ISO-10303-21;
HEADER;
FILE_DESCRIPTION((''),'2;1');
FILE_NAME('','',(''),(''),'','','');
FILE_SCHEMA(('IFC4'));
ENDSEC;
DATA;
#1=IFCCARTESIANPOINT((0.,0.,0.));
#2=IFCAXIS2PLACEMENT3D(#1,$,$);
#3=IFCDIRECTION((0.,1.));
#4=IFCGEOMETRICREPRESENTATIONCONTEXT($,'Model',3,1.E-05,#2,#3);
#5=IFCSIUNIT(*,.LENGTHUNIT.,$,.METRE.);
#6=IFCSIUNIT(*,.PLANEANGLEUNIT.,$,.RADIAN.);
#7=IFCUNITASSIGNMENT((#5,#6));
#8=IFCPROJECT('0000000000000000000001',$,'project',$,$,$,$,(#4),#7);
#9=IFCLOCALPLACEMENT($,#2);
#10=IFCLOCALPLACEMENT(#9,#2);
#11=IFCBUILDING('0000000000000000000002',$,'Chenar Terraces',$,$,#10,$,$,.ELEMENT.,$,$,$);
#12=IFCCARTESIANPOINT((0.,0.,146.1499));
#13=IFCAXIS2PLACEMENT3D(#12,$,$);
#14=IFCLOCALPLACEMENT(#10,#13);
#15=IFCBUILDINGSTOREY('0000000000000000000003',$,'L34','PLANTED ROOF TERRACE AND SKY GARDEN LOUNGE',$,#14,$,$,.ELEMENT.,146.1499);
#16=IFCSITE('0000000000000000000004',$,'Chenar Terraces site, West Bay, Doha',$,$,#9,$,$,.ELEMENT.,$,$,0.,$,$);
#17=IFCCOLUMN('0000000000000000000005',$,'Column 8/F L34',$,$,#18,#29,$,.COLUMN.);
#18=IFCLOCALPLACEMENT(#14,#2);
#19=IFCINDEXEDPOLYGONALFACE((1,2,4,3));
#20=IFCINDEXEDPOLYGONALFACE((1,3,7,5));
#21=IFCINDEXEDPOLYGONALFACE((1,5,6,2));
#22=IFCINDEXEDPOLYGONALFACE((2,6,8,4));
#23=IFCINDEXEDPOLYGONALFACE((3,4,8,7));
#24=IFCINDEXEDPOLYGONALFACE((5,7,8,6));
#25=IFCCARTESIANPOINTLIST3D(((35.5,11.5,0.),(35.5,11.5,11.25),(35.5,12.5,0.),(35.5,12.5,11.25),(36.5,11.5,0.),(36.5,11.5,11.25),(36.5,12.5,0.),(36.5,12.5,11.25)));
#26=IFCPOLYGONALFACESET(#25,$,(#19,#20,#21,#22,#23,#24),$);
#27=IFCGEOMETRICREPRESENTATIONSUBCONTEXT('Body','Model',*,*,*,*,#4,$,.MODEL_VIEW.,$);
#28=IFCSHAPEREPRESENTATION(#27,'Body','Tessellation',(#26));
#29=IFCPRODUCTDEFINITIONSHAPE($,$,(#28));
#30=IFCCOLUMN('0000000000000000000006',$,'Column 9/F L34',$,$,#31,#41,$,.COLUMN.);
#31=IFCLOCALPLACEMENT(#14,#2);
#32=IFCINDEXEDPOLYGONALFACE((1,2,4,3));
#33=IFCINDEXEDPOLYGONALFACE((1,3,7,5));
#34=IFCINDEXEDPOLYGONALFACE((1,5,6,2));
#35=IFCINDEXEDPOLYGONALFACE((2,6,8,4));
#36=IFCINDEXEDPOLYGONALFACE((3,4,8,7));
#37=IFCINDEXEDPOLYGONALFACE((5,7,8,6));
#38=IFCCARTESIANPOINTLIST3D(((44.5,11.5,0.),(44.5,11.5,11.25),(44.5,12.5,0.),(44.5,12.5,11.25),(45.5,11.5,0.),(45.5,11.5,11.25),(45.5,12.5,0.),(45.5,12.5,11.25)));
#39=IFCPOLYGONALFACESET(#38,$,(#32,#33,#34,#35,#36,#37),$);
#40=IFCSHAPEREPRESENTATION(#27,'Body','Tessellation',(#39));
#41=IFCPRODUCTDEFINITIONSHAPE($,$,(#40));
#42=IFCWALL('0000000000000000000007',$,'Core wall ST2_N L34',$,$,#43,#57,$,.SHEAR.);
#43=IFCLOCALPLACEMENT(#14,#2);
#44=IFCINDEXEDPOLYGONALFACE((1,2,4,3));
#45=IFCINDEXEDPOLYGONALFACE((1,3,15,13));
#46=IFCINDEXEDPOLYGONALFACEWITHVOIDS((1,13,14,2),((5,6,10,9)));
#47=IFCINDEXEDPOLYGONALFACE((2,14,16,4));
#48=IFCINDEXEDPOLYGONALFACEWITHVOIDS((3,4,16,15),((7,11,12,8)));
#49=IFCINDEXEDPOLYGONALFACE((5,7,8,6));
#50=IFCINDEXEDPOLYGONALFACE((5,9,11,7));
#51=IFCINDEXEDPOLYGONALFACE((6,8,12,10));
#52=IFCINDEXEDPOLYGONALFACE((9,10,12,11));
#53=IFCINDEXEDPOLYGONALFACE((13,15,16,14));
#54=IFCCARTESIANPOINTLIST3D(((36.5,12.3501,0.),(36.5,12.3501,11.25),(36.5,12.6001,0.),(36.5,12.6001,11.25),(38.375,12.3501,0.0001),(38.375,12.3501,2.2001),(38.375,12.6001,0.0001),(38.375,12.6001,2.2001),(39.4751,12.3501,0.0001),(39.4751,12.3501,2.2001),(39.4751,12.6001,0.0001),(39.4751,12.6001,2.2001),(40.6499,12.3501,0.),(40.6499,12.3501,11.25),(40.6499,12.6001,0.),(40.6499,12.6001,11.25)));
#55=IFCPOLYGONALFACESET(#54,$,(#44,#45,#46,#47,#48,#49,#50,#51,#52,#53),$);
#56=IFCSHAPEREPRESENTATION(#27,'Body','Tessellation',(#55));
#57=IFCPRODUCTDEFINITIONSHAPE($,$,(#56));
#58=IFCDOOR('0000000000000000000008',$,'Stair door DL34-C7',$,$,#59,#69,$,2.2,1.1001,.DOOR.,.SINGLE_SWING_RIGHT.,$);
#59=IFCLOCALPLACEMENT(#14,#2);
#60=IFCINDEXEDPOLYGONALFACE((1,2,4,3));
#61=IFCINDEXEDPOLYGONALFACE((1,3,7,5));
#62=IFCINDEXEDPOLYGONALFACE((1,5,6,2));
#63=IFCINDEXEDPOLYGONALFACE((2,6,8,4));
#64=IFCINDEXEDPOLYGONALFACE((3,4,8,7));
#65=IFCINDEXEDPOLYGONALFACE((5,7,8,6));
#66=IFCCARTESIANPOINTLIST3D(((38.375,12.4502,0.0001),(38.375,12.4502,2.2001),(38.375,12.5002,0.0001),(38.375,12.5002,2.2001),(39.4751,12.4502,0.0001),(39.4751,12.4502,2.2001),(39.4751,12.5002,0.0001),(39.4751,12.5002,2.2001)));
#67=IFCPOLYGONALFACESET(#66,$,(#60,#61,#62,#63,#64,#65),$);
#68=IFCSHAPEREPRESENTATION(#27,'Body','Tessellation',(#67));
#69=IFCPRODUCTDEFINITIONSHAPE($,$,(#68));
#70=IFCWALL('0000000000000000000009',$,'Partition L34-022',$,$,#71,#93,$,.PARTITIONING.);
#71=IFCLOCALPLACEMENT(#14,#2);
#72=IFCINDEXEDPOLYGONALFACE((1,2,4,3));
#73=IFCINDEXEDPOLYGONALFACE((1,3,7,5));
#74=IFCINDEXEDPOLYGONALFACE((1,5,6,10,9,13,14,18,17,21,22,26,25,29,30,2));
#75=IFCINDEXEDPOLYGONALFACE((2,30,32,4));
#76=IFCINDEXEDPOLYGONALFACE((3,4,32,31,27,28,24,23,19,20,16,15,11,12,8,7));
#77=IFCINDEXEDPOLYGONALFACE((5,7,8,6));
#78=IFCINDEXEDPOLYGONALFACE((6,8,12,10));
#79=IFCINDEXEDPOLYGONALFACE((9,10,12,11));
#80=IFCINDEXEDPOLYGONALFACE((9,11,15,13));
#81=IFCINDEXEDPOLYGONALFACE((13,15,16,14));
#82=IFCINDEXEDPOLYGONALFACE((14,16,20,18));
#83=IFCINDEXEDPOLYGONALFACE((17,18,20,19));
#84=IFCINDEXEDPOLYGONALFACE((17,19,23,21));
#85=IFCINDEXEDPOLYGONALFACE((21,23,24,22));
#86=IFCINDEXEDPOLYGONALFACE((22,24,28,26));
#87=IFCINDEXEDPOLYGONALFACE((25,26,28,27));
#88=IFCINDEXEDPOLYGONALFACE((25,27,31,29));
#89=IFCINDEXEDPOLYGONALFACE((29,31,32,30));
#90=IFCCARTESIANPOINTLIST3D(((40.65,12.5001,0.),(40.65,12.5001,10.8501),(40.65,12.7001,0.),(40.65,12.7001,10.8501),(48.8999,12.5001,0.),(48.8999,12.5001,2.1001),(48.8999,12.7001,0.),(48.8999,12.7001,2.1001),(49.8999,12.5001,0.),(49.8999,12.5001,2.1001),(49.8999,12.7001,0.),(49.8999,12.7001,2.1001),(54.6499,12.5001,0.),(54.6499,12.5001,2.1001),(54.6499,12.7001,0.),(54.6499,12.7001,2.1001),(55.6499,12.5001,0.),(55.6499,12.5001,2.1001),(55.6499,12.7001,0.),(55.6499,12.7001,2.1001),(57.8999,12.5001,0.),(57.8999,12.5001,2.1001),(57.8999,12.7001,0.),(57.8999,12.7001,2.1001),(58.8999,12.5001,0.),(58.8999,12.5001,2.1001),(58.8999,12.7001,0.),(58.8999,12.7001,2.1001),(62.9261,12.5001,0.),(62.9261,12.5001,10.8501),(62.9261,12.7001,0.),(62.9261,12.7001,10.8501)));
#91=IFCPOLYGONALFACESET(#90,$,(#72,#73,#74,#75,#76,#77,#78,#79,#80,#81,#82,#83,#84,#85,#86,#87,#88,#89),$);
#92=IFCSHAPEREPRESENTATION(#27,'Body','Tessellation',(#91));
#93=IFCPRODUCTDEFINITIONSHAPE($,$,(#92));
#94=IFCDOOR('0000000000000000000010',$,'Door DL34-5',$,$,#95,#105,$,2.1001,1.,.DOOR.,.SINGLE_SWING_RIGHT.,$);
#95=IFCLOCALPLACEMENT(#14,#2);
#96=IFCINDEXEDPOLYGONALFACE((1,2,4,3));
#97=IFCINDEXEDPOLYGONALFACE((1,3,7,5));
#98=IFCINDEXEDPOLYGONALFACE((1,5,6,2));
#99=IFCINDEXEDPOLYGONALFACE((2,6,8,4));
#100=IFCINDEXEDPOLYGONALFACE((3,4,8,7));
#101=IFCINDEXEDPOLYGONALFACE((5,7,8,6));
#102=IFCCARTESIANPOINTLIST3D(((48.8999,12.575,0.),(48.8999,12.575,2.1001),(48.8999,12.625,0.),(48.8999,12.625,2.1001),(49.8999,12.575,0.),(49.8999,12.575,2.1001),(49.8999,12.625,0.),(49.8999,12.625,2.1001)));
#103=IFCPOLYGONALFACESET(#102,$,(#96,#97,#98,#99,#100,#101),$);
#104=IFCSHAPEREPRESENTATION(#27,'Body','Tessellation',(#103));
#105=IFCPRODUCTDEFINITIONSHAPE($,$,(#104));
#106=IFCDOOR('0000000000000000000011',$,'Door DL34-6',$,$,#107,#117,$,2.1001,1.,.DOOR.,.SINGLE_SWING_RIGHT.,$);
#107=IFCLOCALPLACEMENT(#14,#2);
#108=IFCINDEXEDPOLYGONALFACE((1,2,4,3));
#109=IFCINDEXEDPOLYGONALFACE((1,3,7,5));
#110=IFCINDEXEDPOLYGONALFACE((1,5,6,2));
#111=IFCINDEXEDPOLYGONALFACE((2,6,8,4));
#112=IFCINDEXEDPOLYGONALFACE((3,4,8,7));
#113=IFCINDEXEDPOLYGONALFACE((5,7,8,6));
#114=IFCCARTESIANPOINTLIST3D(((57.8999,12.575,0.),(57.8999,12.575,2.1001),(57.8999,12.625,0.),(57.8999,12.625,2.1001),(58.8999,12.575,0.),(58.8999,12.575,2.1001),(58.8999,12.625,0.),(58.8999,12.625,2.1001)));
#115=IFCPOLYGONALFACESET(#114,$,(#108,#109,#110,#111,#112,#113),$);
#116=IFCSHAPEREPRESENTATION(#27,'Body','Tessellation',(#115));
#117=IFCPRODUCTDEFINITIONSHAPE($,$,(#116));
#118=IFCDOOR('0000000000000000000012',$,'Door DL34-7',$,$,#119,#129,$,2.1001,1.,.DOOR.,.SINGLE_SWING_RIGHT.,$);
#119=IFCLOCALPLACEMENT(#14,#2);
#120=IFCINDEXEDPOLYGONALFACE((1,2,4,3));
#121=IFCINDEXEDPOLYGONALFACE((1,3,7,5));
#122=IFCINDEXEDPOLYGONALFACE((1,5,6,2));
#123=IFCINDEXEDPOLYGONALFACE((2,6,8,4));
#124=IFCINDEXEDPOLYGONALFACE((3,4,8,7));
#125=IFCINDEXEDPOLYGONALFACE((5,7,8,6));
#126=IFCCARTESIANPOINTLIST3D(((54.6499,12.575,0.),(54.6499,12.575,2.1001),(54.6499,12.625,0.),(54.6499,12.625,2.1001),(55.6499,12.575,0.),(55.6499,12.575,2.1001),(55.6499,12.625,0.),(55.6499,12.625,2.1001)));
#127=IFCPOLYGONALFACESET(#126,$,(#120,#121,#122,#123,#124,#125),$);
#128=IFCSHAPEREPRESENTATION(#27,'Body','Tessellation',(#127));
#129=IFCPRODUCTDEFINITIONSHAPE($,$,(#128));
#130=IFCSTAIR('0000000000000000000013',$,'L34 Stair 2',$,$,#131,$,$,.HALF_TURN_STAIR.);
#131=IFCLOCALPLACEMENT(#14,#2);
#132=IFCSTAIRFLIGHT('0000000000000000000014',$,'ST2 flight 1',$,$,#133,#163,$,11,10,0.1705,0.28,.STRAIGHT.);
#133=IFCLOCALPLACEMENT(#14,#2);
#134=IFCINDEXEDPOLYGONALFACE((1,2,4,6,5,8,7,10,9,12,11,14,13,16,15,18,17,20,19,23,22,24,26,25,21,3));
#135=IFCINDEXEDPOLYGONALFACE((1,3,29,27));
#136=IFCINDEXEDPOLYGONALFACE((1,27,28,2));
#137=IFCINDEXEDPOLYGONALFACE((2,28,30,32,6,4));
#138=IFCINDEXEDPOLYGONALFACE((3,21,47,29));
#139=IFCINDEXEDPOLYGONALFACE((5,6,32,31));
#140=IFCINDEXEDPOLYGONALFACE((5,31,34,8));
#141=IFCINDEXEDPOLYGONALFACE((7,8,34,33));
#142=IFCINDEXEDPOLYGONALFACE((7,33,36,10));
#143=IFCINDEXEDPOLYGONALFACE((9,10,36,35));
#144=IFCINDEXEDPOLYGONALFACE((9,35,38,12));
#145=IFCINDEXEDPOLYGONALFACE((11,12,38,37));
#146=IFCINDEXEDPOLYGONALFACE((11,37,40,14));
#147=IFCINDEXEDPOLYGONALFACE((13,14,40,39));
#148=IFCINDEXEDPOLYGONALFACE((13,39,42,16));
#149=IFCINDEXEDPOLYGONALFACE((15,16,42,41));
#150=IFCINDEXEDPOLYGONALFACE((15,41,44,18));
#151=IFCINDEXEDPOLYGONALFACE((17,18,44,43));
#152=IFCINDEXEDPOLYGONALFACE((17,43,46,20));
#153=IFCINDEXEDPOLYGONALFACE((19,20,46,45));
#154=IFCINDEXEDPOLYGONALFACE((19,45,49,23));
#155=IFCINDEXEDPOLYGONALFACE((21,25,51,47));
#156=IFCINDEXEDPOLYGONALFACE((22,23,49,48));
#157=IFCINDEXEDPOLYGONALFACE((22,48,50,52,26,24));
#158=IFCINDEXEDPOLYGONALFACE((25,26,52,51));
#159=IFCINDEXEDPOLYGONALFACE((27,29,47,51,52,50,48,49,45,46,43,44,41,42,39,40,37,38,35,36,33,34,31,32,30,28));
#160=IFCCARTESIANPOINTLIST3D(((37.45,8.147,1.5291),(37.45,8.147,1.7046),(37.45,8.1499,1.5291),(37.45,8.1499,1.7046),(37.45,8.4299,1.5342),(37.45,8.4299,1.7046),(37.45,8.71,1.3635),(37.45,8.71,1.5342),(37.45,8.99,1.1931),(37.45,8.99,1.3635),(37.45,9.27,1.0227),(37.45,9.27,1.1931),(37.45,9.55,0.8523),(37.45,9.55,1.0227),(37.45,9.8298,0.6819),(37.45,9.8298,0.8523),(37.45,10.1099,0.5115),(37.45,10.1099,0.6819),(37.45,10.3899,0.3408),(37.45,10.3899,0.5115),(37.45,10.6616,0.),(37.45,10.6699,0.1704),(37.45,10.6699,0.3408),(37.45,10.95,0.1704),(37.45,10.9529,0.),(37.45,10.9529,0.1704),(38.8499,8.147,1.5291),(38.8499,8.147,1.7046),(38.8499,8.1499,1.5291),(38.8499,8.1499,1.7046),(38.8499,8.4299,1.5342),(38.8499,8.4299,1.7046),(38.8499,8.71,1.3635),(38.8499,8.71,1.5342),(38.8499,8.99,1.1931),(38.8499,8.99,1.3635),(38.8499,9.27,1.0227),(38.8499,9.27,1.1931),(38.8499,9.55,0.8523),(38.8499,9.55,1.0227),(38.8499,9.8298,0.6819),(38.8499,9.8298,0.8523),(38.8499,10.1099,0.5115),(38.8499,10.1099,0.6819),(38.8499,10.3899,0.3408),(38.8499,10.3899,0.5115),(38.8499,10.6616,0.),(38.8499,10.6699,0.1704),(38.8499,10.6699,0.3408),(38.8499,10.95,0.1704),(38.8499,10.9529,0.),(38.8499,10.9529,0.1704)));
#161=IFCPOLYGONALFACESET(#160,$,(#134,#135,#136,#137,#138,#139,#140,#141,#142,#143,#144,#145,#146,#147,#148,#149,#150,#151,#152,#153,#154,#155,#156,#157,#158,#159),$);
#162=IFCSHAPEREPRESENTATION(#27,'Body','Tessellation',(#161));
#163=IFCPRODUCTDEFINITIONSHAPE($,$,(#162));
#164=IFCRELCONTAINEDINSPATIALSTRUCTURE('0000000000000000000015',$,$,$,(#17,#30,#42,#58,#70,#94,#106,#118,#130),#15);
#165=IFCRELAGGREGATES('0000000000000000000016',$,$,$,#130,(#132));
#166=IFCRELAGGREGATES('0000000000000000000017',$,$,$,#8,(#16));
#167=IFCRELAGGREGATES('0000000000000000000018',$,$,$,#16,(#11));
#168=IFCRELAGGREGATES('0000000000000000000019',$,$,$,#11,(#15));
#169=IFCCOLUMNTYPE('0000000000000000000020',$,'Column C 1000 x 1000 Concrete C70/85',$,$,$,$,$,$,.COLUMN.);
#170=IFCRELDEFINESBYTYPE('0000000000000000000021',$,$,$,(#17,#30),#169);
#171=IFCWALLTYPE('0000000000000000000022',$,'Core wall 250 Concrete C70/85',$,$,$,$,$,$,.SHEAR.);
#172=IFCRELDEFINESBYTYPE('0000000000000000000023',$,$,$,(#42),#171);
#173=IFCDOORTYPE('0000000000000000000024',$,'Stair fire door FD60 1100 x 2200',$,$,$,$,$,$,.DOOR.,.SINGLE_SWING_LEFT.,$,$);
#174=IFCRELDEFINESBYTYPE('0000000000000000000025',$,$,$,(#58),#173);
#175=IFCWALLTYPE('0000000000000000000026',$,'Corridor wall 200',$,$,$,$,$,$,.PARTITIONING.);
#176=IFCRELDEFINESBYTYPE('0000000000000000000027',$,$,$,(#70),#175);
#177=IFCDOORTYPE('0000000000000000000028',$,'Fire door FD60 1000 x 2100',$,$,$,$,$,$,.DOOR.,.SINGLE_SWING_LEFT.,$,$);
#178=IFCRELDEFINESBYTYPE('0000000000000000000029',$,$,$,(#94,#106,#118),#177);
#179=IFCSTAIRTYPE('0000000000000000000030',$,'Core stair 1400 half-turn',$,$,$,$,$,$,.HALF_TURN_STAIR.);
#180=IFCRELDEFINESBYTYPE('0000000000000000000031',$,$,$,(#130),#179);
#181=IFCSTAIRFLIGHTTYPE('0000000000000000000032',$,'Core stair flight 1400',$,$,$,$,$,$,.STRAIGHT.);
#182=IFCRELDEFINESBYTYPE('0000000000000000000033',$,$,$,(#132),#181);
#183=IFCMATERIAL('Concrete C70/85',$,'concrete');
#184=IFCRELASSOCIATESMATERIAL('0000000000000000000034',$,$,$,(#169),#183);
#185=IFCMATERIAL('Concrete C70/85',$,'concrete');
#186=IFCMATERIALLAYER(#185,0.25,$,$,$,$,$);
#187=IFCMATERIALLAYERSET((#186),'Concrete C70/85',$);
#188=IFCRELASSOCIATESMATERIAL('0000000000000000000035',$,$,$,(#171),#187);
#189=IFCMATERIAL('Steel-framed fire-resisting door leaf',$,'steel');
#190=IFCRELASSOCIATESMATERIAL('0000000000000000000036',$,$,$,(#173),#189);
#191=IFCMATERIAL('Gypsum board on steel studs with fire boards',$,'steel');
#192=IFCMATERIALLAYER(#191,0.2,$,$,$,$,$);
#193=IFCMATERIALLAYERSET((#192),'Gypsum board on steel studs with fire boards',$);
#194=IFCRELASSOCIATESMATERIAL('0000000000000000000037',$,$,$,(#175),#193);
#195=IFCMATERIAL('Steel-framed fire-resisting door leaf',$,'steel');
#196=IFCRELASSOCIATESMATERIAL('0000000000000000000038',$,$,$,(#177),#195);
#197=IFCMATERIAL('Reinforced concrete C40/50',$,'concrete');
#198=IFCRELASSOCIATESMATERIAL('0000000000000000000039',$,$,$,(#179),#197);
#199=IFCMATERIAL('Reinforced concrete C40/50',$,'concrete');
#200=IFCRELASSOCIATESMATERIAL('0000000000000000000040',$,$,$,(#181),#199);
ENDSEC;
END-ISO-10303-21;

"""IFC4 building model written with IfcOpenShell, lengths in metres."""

from ifc_helpers import new_model, si_unit, direction, frame, frame_2d, origin, origin_2d, place, context, subcontext, project, spatial, polyline, rectangle, outline, extrude, material, layer, layer_set, material_profile, profile_set, type_object, element, fill, aggregate, save


model = new_model("IFC4")

# Units and contexts
model_context = context("Model", 3, precision=1e-05, world=origin(), true_north=direction((0.0, 1.0)))
body_context = subcontext(model_context, "Body", "Model", "MODEL_VIEW")
ifc_project = project(units=[si_unit("LENGTHUNIT", "METRE"), si_unit("PLANEANGLEUNIT", "RADIAN")], contexts=[model_context])

# Site, building, storey
site_placement = place(None, origin())
site = spatial("IfcSite", under=ifc_project, at=site_placement, Name="Chenar Terraces site, West Bay, Doha", CompositionType="ELEMENT", RefElevation=0.0)
building_placement = place(site_placement, origin())
building = spatial("IfcBuilding", under=site, at=building_placement, Name="Chenar Terraces", CompositionType="ELEMENT")
storey_placement = place(building_placement, frame((0.0, 0.0, 146.1499)))
storey = spatial("IfcBuildingStorey", under=building, at=storey_placement, Name="L34", Description="PLANTED ROOF TERRACE AND SKY GARDEN LOUNGE", CompositionType="ELEMENT", Elevation=146.1499)

# Columns
ifc_material_1 = material(Name="Concrete C70/85", Category="concrete")
ifc_material_profile = material_profile(ifc_material_1, rectangle(XDim=1.0, YDim=1.0, at=origin_2d()), Name="C 1000 x 1000")
ifc_profile_set = profile_set([ifc_material_profile], Name="Concrete C70/85")
column_type = type_object("IfcColumnType", Name="Column C 1000 x 1000 Concrete C70/85", PredefinedType="COLUMN", material=ifc_profile_set)
for number, where, z_axis, x_axis, name in (
    (1, (36.0, 12.0, 0.0), (0.0, 0.0, 1.0), (1.0, 0.0, 0.0), "Column 8/F L34"),
    (2, (45.0, 12.0, 0.0), (0.0, 0.0, 1.0), (1.0, 0.0, 0.0), "Column 9/F L34"),
):
    element("IfcColumn", number, at=place(storey_placement, frame(where, z_axis=z_axis, x_axis=x_axis)), inside=storey, type_object=column_type, Name=name, PredefinedType="COLUMN", context=body_context, shape_type="SweptSolid", body=[
        extrude(rectangle(XDim=1.0, YDim=1.0, at=origin_2d()), origin(), (0.0, 0.0, 1.0), 11.25),
    ])

# Wall, opening, door
ifc_material_2 = material(Name="Concrete C70/85", Category="concrete")
ifc_layer_1 = layer(ifc_material_2, 0.25)
ifc_layer_set_1 = layer_set([ifc_layer_1], Name="Concrete C70/85")
wall_type_1 = type_object("IfcWallType", Name="Core wall 250 Concrete C70/85", PredefinedType="SHEAR", material=ifc_layer_set_1)
wall_1_placement = place(storey_placement, frame((36.5, 12.4751, 0.0), z_axis=(0.0, 0.0, 1.0), x_axis=(1.0, 0.0, 0.0)))
wall_1 = element("IfcWall", 3, at=wall_1_placement, inside=storey, type_object=wall_type_1, Name="Core wall ST2_N L34", PredefinedType="SHEAR", context=body_context, shape_type="SweptSolid", body=[
    extrude(rectangle(XDim=4.1499, YDim=0.25, at=frame_2d((2.075, 0.0))), origin(), (0.0, 0.0, 1.0), 11.25),
])
opening_1_placement = place(wall_1_placement, frame((1.875, 0.0, 0.0)))
opening_1 = element("IfcOpeningElement", 4, at=opening_1_placement, cuts=wall_1, PredefinedType="OPENING", context=body_context, shape_type="SweptSolid", body=[
    extrude(rectangle(XDim=1.1001, YDim=2.2, at=frame_2d((0.55, 1.1001))), frame((0.0, 0.135, 0.0), z_axis=(0.0, -1.0, 0.0), x_axis=(1.0, 0.0, 0.0)), (0.0, 0.0, 1.0), 0.27),
])
ifc_material_3 = material(Name="Steel-framed fire-resisting door leaf", Category="steel")
door_type_1 = type_object("IfcDoorType", Name="Stair fire door FD60 1100 x 2200", OperationType="SINGLE_SWING_LEFT", PredefinedType="DOOR", material=ifc_material_3)
door_1_placement = place(opening_1_placement, frame((1.1001, 0.0, 0.0), z_axis=(0.0, 0.0, 1.0), x_axis=(-1.0, 0.0, 0.0)))
door_1 = element("IfcDoor", 5, at=door_1_placement, inside=storey, type_object=door_type_1, Name="Stair door DL34-C7", OperationType="SINGLE_SWING_RIGHT", OverallHeight=2.2, OverallWidth=1.1001, PredefinedType="DOOR", context=body_context, shape_type="SweptSolid", body=[
    extrude(rectangle(XDim=1.1001, YDim=2.2, at=frame_2d((0.55, 1.1001))), frame((0.0, 0.0249, 0.0), z_axis=(0.0, -1.0, 0.0), x_axis=(1.0, 0.0, 0.0)), (0.0, 0.0, 1.0), 0.05),
])
fill(opening_1, door_1)

# Wall, openings, doors
ifc_material_4 = material(Name="Gypsum board on steel studs with fire boards", Category="steel")
ifc_layer_2 = layer(ifc_material_4, 0.2)
ifc_layer_set_2 = layer_set([ifc_layer_2], Name="Gypsum board on steel studs with fire boards")
wall_type_2 = type_object("IfcWallType", Name="Corridor wall 200", PredefinedType="PARTITIONING", material=ifc_layer_set_2)
wall_2_placement = place(storey_placement, frame((40.6499, 12.6001, 0.0), z_axis=(0.0, 0.0, 1.0), x_axis=(1.0, 0.0, 0.0)))
wall_2 = element("IfcWall", 6, at=wall_2_placement, inside=storey, type_object=wall_type_2, Name="Partition L34-022", PredefinedType="PARTITIONING", context=body_context, shape_type="SweptSolid", body=[
    extrude(rectangle(XDim=22.2761, YDim=0.2, at=frame_2d((11.1382, 0.0))), origin(), (0.0, 0.0, 1.0), 10.8501),
])
opening_2_placement = place(wall_2_placement, frame((8.25, 0.0, 0.0)))
opening_2 = element("IfcOpeningElement", 7, at=opening_2_placement, cuts=wall_2, PredefinedType="OPENING", context=body_context, shape_type="SweptSolid", body=[
    extrude(rectangle(XDim=1.0, YDim=2.1001, at=frame_2d((0.5, 1.05))), frame((0.0, 0.1099, 0.0), z_axis=(0.0, -1.0, 0.0), x_axis=(1.0, 0.0, 0.0)), (0.0, 0.0, 1.0), 0.22),
])
opening_3_placement = place(wall_2_placement, frame((17.25, 0.0, 0.0)))
opening_3 = element("IfcOpeningElement", 8, at=opening_3_placement, cuts=wall_2, PredefinedType="OPENING", context=body_context, shape_type="SweptSolid", body=[
    extrude(rectangle(XDim=1.0, YDim=2.1001, at=frame_2d((0.5, 1.05))), frame((0.0, 0.1099, 0.0), z_axis=(0.0, -1.0, 0.0), x_axis=(1.0, 0.0, 0.0)), (0.0, 0.0, 1.0), 0.22),
])
opening_4_placement = place(wall_2_placement, frame((14.0, 0.0, 0.0)))
opening_4 = element("IfcOpeningElement", 9, at=opening_4_placement, cuts=wall_2, PredefinedType="OPENING", context=body_context, shape_type="SweptSolid", body=[
    extrude(rectangle(XDim=1.0, YDim=2.1001, at=frame_2d((0.5, 1.05))), frame((0.0, 0.1099, 0.0), z_axis=(0.0, -1.0, 0.0), x_axis=(1.0, 0.0, 0.0)), (0.0, 0.0, 1.0), 0.22),
])
ifc_material_5 = material(Name="Steel-framed fire-resisting door leaf", Category="steel")
door_type_2 = type_object("IfcDoorType", Name="Fire door FD60 1000 x 2100", OperationType="SINGLE_SWING_LEFT", PredefinedType="DOOR", material=ifc_material_5)
door_2_placement = place(opening_2_placement, origin())
door_2 = element("IfcDoor", 10, at=door_2_placement, inside=storey, type_object=door_type_2, Name="Door DL34-5", OperationType="SINGLE_SWING_RIGHT", OverallHeight=2.1001, OverallWidth=1.0, PredefinedType="DOOR", context=body_context, shape_type="SweptSolid", body=[
    extrude(rectangle(XDim=1.0, YDim=2.1001, at=frame_2d((0.5, 1.05))), frame((0.0, 0.0249, 0.0), z_axis=(0.0, -1.0, 0.0), x_axis=(1.0, 0.0, 0.0)), (0.0, 0.0, 1.0), 0.05),
])
fill(opening_2, door_2)
door_3_placement = place(opening_3_placement, origin())
door_3 = element("IfcDoor", 11, at=door_3_placement, inside=storey, type_object=door_type_2, Name="Door DL34-6", OperationType="SINGLE_SWING_RIGHT", OverallHeight=2.1001, OverallWidth=1.0, PredefinedType="DOOR", context=body_context, shape_type="SweptSolid", body=[
    extrude(rectangle(XDim=1.0, YDim=2.1001, at=frame_2d((0.5, 1.05))), frame((0.0, 0.0249, 0.0), z_axis=(0.0, -1.0, 0.0), x_axis=(1.0, 0.0, 0.0)), (0.0, 0.0, 1.0), 0.05),
])
fill(opening_3, door_3)
door_4_placement = place(opening_4_placement, origin())
door_4 = element("IfcDoor", 12, at=door_4_placement, inside=storey, type_object=door_type_2, Name="Door DL34-7", OperationType="SINGLE_SWING_RIGHT", OverallHeight=2.1001, OverallWidth=1.0, PredefinedType="DOOR", context=body_context, shape_type="SweptSolid", body=[
    extrude(rectangle(XDim=1.0, YDim=2.1001, at=frame_2d((0.5, 1.05))), frame((0.0, 0.0249, 0.0), z_axis=(0.0, -1.0, 0.0), x_axis=(1.0, 0.0, 0.0)), (0.0, 0.0, 1.0), 0.05),
])
fill(opening_4, door_4)

# Stair, stair flight
ifc_material_6 = material(Name="Reinforced concrete C40/50", Category="concrete")
stair_type = type_object("IfcStairType", Name="Core stair 1400 half-turn", PredefinedType="HALF_TURN_STAIR", material=ifc_material_6)
stair_placement = place(storey_placement, origin())
stair = element("IfcStair", 13, at=stair_placement, inside=storey, type_object=stair_type, Name="L34 Stair 2", PredefinedType="HALF_TURN_STAIR")
ifc_material_7 = material(Name="Reinforced concrete C40/50", Category="concrete")
stair_flight_type = type_object("IfcStairFlightType", Name="Core stair flight 1400", PredefinedType="STRAIGHT", material=ifc_material_7)
stair_flight_1_placement = place(storey_placement, frame((38.1499, 10.95, 0.0), z_axis=(0.0, 0.0, 1.0), x_axis=(0.0, -1.0, 0.0)))
stair_flight_1 = element("IfcStairFlight", 14, at=stair_flight_1_placement, type_object=stair_flight_type, Name="ST2 flight 1", NumberOfRisers=11, NumberOfTreads=10, PredefinedType="STRAIGHT", RiserHeight=0.1705, TreadLength=0.28, context=body_context, shape_type="SweptSolid", body=[
    extrude(outline(polyline([(-0.0029, 0.0), (-0.0029, 0.1704), (0.0, 0.1704), (0.28, 0.1704), (0.28, 0.3408), (0.5601, 0.3408), (0.5601, 0.5115), (0.8401, 0.5115), (0.8401, 0.6819), (1.1201, 0.6819), (1.1201, 0.8523), (1.3999, 0.8523), (1.3999, 1.0227), (1.6799, 1.0227), (1.6799, 1.1931), (1.96, 1.1931), (1.96, 1.3635), (2.24, 1.3635), (2.24, 1.5342), (2.52, 1.5342), (2.52, 1.7046), (2.8, 1.7046), (2.803, 1.7046), (2.803, 1.5291), (2.8, 1.5291), (0.2883, 0.0), (-0.0029, 0.0)])), frame((0.0, 0.7, 0.0), z_axis=(0.0, -1.0, 0.0), x_axis=(1.0, 0.0, 0.0)), (0.0, 0.0, 1.0), 1.3999),
])
aggregate(stair, [stair_flight_1])

save(model, "model.ifc")
